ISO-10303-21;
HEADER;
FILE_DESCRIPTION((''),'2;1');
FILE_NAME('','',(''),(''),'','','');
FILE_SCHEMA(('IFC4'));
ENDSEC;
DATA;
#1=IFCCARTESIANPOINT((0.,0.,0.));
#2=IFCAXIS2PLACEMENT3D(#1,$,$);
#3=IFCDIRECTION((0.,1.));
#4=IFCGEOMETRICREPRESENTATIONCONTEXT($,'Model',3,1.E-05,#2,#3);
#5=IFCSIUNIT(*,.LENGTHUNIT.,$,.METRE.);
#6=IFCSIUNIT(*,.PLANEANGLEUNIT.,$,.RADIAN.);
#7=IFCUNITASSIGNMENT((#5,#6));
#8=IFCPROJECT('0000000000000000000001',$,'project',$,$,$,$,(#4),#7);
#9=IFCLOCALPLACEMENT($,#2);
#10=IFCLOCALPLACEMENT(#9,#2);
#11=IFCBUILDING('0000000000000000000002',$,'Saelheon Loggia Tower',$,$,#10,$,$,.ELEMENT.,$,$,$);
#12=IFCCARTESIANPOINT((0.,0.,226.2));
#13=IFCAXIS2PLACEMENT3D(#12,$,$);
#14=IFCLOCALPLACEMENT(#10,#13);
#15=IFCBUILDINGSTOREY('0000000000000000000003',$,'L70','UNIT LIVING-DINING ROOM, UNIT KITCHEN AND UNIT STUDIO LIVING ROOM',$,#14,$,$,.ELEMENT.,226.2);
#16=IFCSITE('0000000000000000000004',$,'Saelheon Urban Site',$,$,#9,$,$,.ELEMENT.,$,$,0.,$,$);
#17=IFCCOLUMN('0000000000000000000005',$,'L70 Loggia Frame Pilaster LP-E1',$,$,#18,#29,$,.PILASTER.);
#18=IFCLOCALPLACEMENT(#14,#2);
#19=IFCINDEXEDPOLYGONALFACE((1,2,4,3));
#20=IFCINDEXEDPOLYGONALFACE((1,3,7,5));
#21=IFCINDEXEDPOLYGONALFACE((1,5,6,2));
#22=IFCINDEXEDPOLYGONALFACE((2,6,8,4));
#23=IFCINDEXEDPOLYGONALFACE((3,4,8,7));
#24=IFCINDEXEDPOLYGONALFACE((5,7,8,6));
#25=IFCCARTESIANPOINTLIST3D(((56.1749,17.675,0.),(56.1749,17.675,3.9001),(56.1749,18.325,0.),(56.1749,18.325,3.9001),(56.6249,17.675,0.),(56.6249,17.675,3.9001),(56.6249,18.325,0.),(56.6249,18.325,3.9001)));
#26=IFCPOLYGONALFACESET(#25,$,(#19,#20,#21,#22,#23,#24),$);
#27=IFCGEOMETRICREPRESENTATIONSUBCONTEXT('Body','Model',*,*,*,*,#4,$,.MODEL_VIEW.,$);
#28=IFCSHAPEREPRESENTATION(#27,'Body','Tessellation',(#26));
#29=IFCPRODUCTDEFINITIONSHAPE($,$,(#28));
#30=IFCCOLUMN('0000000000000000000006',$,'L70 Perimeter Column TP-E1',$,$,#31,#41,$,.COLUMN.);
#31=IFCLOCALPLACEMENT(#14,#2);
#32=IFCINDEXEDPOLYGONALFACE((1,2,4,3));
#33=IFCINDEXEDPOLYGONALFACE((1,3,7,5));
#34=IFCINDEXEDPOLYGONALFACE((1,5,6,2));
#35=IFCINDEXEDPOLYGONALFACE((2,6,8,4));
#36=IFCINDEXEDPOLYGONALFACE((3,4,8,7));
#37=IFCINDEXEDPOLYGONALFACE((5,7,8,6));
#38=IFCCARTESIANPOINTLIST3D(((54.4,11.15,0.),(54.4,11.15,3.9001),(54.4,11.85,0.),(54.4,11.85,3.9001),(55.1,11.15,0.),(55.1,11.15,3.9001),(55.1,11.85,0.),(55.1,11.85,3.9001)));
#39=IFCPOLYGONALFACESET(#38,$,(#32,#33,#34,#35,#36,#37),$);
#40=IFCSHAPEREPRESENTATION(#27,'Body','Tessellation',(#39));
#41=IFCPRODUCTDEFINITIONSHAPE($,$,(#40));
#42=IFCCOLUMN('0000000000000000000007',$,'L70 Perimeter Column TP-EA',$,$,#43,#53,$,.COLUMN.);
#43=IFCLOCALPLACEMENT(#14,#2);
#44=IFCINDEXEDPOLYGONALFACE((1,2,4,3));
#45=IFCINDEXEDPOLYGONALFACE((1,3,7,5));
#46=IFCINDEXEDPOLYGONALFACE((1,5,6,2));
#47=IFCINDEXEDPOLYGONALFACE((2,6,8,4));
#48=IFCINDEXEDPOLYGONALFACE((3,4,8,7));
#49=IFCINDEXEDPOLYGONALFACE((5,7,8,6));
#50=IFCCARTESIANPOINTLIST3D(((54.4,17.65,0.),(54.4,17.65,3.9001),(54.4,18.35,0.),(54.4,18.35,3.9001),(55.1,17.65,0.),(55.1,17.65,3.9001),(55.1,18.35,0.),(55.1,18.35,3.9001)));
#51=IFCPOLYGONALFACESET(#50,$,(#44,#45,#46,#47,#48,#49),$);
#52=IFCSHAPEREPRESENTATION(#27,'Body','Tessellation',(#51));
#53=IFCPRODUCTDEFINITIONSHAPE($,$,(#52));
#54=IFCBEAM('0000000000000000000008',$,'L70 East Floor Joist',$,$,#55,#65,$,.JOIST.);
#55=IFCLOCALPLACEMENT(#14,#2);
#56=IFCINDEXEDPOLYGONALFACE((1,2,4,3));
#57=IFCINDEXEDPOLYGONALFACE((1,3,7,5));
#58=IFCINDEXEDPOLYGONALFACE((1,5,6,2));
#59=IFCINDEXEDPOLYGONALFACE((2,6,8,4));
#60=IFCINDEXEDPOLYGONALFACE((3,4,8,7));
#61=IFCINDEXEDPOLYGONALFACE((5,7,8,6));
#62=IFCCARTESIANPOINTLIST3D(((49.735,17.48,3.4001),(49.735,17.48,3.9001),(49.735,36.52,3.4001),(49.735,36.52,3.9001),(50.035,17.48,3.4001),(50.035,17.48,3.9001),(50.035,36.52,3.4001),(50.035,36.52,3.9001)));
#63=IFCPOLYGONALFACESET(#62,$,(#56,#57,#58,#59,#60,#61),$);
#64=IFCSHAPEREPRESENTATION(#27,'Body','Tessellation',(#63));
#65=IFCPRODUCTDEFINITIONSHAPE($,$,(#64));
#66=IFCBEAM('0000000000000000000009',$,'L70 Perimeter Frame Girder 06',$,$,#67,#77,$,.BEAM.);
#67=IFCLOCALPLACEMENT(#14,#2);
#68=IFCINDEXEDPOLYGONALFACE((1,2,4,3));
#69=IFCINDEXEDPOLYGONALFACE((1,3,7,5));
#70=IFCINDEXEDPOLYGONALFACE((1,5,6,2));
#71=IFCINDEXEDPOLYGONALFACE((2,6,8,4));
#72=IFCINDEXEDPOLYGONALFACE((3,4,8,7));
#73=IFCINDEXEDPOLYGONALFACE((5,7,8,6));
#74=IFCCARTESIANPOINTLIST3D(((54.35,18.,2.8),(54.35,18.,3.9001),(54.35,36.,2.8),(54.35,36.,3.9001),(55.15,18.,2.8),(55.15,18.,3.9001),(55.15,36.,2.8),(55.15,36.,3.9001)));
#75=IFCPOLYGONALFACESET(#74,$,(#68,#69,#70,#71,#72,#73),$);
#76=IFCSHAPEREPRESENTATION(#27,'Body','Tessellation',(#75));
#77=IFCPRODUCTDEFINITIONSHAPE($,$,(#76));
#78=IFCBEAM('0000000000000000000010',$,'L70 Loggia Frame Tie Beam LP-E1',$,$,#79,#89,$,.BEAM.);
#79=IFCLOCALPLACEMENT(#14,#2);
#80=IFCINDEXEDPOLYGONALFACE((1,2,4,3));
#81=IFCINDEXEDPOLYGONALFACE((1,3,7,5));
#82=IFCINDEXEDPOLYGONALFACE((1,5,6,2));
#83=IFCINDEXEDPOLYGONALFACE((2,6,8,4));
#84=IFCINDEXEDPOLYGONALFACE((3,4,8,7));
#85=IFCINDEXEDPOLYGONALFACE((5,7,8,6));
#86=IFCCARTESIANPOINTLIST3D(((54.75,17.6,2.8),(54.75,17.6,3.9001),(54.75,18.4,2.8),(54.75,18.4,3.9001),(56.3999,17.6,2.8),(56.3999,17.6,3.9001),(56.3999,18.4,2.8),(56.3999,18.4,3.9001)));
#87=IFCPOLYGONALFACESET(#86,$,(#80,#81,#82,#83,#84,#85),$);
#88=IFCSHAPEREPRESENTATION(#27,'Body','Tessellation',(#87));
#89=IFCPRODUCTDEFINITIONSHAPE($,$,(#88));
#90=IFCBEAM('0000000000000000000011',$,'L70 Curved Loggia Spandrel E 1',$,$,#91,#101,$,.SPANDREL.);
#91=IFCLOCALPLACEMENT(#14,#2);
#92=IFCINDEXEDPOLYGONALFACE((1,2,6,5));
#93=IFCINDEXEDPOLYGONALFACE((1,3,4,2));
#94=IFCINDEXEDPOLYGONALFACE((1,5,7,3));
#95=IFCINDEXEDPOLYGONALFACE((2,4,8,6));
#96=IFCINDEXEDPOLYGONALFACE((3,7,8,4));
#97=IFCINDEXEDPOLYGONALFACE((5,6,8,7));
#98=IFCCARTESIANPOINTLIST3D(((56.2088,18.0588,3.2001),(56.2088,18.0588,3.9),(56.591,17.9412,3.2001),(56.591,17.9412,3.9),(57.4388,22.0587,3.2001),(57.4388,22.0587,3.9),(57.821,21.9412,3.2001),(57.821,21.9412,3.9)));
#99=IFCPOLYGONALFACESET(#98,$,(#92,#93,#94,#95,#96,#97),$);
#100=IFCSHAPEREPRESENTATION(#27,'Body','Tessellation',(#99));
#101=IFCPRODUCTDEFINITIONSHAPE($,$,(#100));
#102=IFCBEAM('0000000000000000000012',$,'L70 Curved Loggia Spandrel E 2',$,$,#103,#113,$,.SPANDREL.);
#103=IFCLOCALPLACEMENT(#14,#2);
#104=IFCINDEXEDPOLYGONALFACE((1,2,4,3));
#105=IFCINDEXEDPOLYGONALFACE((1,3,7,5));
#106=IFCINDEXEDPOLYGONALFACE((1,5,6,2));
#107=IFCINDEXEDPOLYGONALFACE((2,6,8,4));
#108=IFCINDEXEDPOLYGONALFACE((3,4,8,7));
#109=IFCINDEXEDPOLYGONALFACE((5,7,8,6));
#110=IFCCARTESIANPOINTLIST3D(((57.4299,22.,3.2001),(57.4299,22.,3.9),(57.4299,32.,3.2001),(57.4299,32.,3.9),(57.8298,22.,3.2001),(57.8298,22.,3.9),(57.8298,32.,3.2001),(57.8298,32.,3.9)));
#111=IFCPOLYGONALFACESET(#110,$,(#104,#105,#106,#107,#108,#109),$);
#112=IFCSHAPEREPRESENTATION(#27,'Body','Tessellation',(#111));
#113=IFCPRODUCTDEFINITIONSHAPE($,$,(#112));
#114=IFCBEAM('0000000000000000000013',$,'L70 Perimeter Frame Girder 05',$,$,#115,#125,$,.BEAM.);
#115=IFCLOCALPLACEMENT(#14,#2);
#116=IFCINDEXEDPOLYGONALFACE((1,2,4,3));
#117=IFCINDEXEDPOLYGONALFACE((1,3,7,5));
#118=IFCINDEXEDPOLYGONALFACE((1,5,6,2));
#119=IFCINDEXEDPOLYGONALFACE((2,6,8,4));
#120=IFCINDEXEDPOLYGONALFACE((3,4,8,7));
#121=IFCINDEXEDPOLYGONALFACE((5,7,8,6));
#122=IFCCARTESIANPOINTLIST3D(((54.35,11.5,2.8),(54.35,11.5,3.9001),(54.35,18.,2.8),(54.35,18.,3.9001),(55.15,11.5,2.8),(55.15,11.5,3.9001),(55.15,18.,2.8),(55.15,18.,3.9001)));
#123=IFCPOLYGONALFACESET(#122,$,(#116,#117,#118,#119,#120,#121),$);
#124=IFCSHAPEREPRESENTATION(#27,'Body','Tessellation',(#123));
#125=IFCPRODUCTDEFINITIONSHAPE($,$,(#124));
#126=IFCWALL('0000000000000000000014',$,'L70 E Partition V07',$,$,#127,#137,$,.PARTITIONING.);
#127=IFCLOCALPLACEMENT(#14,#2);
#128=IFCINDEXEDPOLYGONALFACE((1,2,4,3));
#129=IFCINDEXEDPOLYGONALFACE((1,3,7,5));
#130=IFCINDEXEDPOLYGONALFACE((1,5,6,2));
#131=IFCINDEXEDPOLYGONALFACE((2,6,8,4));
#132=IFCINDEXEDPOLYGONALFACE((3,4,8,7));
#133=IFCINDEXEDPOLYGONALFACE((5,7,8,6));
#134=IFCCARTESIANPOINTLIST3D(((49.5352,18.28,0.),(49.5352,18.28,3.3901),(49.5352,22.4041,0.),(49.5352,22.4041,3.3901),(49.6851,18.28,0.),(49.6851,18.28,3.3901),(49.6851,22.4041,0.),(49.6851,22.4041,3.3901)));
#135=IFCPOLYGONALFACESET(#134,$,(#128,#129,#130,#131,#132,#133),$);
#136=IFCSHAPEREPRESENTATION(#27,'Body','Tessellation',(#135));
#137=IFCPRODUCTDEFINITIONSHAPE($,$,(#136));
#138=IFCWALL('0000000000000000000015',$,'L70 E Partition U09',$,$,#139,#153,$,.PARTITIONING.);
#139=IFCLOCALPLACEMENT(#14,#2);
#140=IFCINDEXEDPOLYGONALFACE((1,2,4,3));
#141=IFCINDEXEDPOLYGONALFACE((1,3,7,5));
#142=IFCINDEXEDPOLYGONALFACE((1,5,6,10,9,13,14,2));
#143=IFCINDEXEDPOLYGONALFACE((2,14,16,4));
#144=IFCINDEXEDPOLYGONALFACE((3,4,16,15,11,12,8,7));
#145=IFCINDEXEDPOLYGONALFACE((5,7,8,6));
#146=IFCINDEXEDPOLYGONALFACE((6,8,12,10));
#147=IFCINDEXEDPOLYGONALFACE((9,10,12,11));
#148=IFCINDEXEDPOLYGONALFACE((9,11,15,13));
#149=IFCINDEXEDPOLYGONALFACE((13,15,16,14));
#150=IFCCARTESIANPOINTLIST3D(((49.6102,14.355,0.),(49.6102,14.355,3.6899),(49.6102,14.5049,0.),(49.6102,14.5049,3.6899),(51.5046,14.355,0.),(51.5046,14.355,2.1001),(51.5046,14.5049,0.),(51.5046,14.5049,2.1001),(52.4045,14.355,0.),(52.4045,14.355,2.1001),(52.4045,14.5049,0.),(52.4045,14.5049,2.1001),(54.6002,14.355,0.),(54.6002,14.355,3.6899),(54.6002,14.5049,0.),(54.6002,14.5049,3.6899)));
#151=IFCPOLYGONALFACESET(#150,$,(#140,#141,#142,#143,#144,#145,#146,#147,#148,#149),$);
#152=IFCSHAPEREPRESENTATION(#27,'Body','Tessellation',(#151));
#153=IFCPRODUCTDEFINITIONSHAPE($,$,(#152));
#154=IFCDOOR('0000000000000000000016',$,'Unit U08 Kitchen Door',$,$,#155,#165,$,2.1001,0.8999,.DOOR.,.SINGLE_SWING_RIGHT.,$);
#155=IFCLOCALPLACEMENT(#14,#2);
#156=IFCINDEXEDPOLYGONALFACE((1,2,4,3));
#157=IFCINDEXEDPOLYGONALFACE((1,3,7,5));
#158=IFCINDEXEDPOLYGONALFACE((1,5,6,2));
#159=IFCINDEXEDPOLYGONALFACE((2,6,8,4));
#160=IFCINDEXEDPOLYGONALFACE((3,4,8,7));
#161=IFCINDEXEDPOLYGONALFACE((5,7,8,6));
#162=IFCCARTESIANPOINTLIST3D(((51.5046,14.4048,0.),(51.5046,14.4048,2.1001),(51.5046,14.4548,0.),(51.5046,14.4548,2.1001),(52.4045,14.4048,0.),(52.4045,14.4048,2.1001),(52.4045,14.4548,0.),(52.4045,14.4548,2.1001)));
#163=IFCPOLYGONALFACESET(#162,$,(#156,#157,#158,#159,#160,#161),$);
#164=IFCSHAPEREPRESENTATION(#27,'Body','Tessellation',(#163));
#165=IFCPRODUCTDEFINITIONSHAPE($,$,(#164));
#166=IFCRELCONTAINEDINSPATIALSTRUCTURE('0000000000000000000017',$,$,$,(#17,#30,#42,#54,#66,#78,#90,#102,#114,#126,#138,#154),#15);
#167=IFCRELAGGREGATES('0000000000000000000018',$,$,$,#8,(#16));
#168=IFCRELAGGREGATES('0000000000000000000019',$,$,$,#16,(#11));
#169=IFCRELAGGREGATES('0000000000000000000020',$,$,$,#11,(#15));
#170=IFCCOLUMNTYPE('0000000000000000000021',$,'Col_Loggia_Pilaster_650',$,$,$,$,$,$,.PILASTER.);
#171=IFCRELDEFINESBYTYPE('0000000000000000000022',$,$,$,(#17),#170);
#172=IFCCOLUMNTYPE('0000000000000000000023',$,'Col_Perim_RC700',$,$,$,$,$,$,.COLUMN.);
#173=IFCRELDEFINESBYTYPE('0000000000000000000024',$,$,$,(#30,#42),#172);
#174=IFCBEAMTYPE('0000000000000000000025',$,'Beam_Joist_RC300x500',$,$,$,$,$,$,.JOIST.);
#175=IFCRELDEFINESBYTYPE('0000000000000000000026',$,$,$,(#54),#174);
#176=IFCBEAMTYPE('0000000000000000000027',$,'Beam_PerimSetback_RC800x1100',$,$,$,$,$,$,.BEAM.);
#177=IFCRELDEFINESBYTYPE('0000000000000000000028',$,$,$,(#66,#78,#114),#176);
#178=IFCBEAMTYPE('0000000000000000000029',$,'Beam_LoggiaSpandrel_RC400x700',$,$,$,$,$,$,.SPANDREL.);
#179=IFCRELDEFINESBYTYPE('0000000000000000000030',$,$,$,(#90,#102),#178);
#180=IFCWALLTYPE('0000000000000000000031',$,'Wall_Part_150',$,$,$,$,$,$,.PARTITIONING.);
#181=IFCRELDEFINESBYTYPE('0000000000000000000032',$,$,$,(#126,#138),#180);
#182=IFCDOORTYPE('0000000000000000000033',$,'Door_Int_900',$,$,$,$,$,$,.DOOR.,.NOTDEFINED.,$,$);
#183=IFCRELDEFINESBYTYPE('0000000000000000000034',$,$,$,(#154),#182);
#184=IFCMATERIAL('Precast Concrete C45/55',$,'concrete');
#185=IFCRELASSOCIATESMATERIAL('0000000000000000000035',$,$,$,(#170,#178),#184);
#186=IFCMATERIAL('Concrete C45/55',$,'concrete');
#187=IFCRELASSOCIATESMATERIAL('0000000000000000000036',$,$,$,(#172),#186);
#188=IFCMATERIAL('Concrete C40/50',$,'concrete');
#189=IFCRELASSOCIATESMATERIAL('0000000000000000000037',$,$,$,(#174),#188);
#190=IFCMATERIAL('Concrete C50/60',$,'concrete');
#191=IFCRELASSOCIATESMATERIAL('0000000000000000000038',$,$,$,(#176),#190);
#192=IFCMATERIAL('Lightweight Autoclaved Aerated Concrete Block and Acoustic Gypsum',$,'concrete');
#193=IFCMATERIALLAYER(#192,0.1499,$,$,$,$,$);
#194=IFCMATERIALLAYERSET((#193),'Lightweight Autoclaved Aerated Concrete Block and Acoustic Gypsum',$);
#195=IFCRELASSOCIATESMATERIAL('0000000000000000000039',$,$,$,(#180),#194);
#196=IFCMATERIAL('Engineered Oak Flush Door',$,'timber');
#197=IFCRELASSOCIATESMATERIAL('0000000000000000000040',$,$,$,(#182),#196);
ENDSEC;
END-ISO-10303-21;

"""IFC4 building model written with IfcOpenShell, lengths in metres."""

from ifc_helpers import new_model, si_unit, direction, frame, frame_2d, origin, origin_2d, place, context, subcontext, project, spatial, rectangle, extrude, source, transform, mapped, material, layer, layer_set, material_profile, profile_set, type_object, element, fill, save


model = new_model("IFC4")

# Units and contexts
model_context = context("Model", 3, precision=1e-05, world=origin(), true_north=direction((0.0, 1.0)))
body_context = subcontext(model_context, "Body", "Model", "MODEL_VIEW")
ifc_project = project(units=[si_unit("LENGTHUNIT", "METRE"), si_unit("PLANEANGLEUNIT", "RADIAN")], contexts=[model_context])

# Site, building, storey
site_placement = place(None, origin())
site = spatial("IfcSite", under=ifc_project, at=site_placement, Name="Saelheon Urban Site", CompositionType="ELEMENT", RefElevation=0.0)
building_placement = place(site_placement, origin())
building = spatial("IfcBuilding", under=site, at=building_placement, Name="Saelheon Loggia Tower", CompositionType="ELEMENT")
storey_placement = place(building_placement, frame((0.0, 0.0, 226.2)))
storey = spatial("IfcBuildingStorey", under=building, at=storey_placement, Name="L70", Description="UNIT LIVING-DINING ROOM, UNIT KITCHEN AND UNIT STUDIO LIVING ROOM", CompositionType="ELEMENT", Elevation=226.2)

# Columns
ifc_material_1 = material(Name="Precast Concrete C45/55", Category="concrete")
ifc_material_profile_1 = material_profile(ifc_material_1, rectangle(XDim=0.45, YDim=0.6499, at=origin_2d()), Name="RC-450x650")
ifc_profile_set_1 = profile_set([ifc_material_profile_1], Name="Precast Concrete C45/55")
column_type_1 = type_object("IfcColumnType", Name="Col_Loggia_Pilaster_650", PredefinedType="PILASTER", material=ifc_profile_set_1)
shared_shape_1 = source(origin(), body_context, "Body", "SweptSolid", [
    extrude(rectangle(XDim=0.45, YDim=0.6499, at=origin_2d()), origin(), (0.0, 0.0, 1.0), 3.9001),
])
column_placement = place(storey_placement, frame((56.3999, 18.0, 0.0), z_axis=(0.0, 0.0, 1.0), x_axis=(1.0, 0.0, 0.0)))
element("IfcColumn", 1, at=column_placement, inside=storey, type_object=column_type_1, Name="L70 Loggia Frame Pilaster LP-E1", PredefinedType="PILASTER", context=body_context, shape_type="MappedRepresentation", body=[
    mapped(shared_shape_1, transform((0.0, 0.0, 0.0), scale=1.0)),
])
ifc_material_2 = material(Name="Concrete C45/55", Category="concrete")
ifc_material_profile_2 = material_profile(ifc_material_2, rectangle(XDim=0.7, YDim=0.7, at=origin_2d()), Name="RC-700x700")
ifc_profile_set_2 = profile_set([ifc_material_profile_2], Name="Concrete C45/55")
column_type_2 = type_object("IfcColumnType", Name="Col_Perim_RC700", PredefinedType="COLUMN", material=ifc_profile_set_2)
shared_shape_2 = source(origin(), body_context, "Body", "SweptSolid", [
    extrude(rectangle(XDim=0.7, YDim=0.7, at=origin_2d()), origin(), (0.0, 0.0, 1.0), 3.9001),
])
for number, where, z_axis, x_axis, name in (
    (2, (54.75, 11.5, 0.0), (0.0, 0.0, 1.0), (1.0, 0.0, 0.0), "L70 Perimeter Column TP-E1"),
    (3, (54.75, 18.0, 0.0), (0.0, 0.0, 1.0), (1.0, 0.0, 0.0), "L70 Perimeter Column TP-EA"),
):
    element("IfcColumn", number, at=place(storey_placement, frame(where, z_axis=z_axis, x_axis=x_axis)), inside=storey, type_object=column_type_2, Name=name, PredefinedType="COLUMN", context=body_context, shape_type="MappedRepresentation", body=[
        mapped(shared_shape_2, transform((0.0, 0.0, 0.0), scale=1.0)),
    ])

# Beams
ifc_material_3 = material(Name="Concrete C40/50", Category="concrete")
ifc_material_profile_3 = material_profile(ifc_material_3, rectangle(XDim=0.3, YDim=0.5, at=origin_2d()), Name="RC-300x500")
ifc_profile_set_3 = profile_set([ifc_material_profile_3], Name="Concrete C40/50")
beam_type_1 = type_object("IfcBeamType", Name="Beam_Joist_RC300x500", PredefinedType="JOIST", material=ifc_profile_set_3)
shared_shape_3 = source(origin(), body_context, "Body", "SweptSolid", [
    extrude(rectangle(XDim=0.3, YDim=0.5, at=origin_2d()), origin(), (0.0, 0.0, 1.0), 19.04),
])
beam_1_placement = place(storey_placement, frame((49.885, 17.48, 3.6501), z_axis=(0.0, 1.0, 0.0), x_axis=(-1.0, 0.0, 0.0)))
element("IfcBeam", 4, at=beam_1_placement, inside=storey, type_object=beam_type_1, Name="L70 East Floor Joist", PredefinedType="JOIST", context=body_context, shape_type="MappedRepresentation", body=[
    mapped(shared_shape_3, transform((0.0, 0.0, 0.0), scale=1.0)),
])
ifc_material_4 = material(Name="Concrete C50/60", Category="concrete")
ifc_material_profile_4 = material_profile(ifc_material_4, rectangle(XDim=0.8, YDim=1.1001, at=origin_2d()), Name="RC-800x1100")
ifc_profile_set_4 = profile_set([ifc_material_profile_4], Name="Concrete C50/60")
beam_type_2 = type_object("IfcBeamType", Name="Beam_PerimSetback_RC800x1100", PredefinedType="BEAM", material=ifc_profile_set_4)
shared_shape_4 = source(origin(), body_context, "Body", "SweptSolid", [
    extrude(rectangle(XDim=0.8, YDim=1.1001, at=origin_2d()), origin(), (0.0, 0.0, 1.0), 18.0),
])
beam_2_placement = place(storey_placement, frame((54.75, 18.0, 3.3501), z_axis=(0.0, 1.0, 0.0), x_axis=(-1.0, 0.0, 0.0)))
element("IfcBeam", 5, at=beam_2_placement, inside=storey, type_object=beam_type_2, Name="L70 Perimeter Frame Girder 06", PredefinedType="BEAM", context=body_context, shape_type="MappedRepresentation", body=[
    mapped(shared_shape_4, transform((0.0, 0.0, 0.0), scale=1.0)),
])
shared_shape_5 = source(origin(), body_context, "Body", "SweptSolid", [
    extrude(rectangle(XDim=0.8, YDim=1.1001, at=origin_2d()), origin(), (0.0, 0.0, 1.0), 1.6499),
])
beam_3_placement = place(storey_placement, frame((54.75, 18.0, 3.3501), z_axis=(1.0, 0.0, 0.0), x_axis=(0.0, 1.0, 0.0)))
element("IfcBeam", 6, at=beam_3_placement, inside=storey, type_object=beam_type_2, Name="L70 Loggia Frame Tie Beam LP-E1", PredefinedType="BEAM", context=body_context, shape_type="MappedRepresentation", body=[
    mapped(shared_shape_5, transform((0.0, 0.0, 0.0), scale=1.0)),
])
ifc_material_profile_5 = material_profile(ifc_material_1, rectangle(XDim=0.3999, YDim=0.7, at=origin_2d()), Name="RC-400x700")
ifc_profile_set_5 = profile_set([ifc_material_profile_5], Name="Precast Concrete C45/55")
beam_type_3 = type_object("IfcBeamType", Name="Beam_LoggiaSpandrel_RC400x700", PredefinedType="SPANDREL", material=ifc_profile_set_5)
shared_shape_6 = source(origin(), body_context, "Body", "SweptSolid", [
    extrude(rectangle(XDim=0.3999, YDim=0.7, at=origin_2d()), origin(), (0.0, 0.0, 1.0), 4.1848),
])
beam_4_placement = place(storey_placement, frame((56.3999, 18.0, 3.55), z_axis=(0.293914, 0.955832, 0.0), x_axis=(-0.955832, 0.293914, 0.0)))
element("IfcBeam", 7, at=beam_4_placement, inside=storey, type_object=beam_type_3, Name="L70 Curved Loggia Spandrel E 1", PredefinedType="SPANDREL", context=body_context, shape_type="MappedRepresentation", body=[
    mapped(shared_shape_6, transform((0.0, 0.0, 0.0), scale=1.0)),
])
shared_shape_7 = source(origin(), body_context, "Body", "SweptSolid", [
    extrude(rectangle(XDim=0.3999, YDim=0.7, at=origin_2d()), origin(), (0.0, 0.0, 1.0), 10.0),
])
beam_5_placement = place(storey_placement, frame((57.6299, 22.0, 3.55), z_axis=(0.0, 1.0, 0.0), x_axis=(-1.0, 0.0, 0.0)))
element("IfcBeam", 8, at=beam_5_placement, inside=storey, type_object=beam_type_3, Name="L70 Curved Loggia Spandrel E 2", PredefinedType="SPANDREL", context=body_context, shape_type="MappedRepresentation", body=[
    mapped(shared_shape_7, transform((0.0, 0.0, 0.0), scale=1.0)),
])
shared_shape_8 = source(origin(), body_context, "Body", "SweptSolid", [
    extrude(rectangle(XDim=0.8, YDim=1.1001, at=origin_2d()), origin(), (0.0, 0.0, 1.0), 6.5),
])
beam_6_placement = place(storey_placement, frame((54.75, 11.5, 3.3501), z_axis=(0.0, 1.0, 0.0), x_axis=(-1.0, 0.0, 0.0)))
element("IfcBeam", 9, at=beam_6_placement, inside=storey, type_object=beam_type_2, Name="L70 Perimeter Frame Girder 05", PredefinedType="BEAM", context=body_context, shape_type="MappedRepresentation", body=[
    mapped(shared_shape_8, transform((0.0, 0.0, 0.0), scale=1.0)),
])

# Wall
ifc_material_5 = material(Name="Lightweight Autoclaved Aerated Concrete Block and Acoustic Gypsum", Category="concrete")
ifc_layer_1 = layer(ifc_material_5, 0.1499)
ifc_layer_set_1 = layer_set([ifc_layer_1], Name="Lightweight Autoclaved Aerated Concrete Block and Acoustic Gypsum")
wall_type_1 = type_object("IfcWallType", Name="Wall_Part_150", PredefinedType="PARTITIONING", material=ifc_layer_set_1)
wall_1_placement = place(storey_placement, frame((49.6101, 18.28, 0.0), z_axis=(0.0, 0.0, 1.0), x_axis=(0.0, 1.0, 0.0)))
element("IfcWall", 10, at=wall_1_placement, inside=storey, type_object=wall_type_1, Name="L70 E Partition V07", PredefinedType="PARTITIONING", context=body_context, shape_type="SweptSolid", body=[
    extrude(rectangle(XDim=4.124, YDim=0.1499, at=frame_2d((2.062, 0.0))), origin(), (0.0, 0.0, 1.0), 3.3901),
])

# Wall, opening, door
wall_2_placement = place(storey_placement, frame((49.6101, 14.4299, 0.0), z_axis=(0.0, 0.0, 1.0), x_axis=(1.0, 0.0, 0.0)))
wall_2 = element("IfcWall", 11, at=wall_2_placement, inside=storey, type_object=wall_type_1, Name="L70 E Partition U09", PredefinedType="PARTITIONING", context=body_context, shape_type="SweptSolid", body=[
    extrude(rectangle(XDim=4.99, YDim=0.1499, at=frame_2d((2.4951, 0.0))), origin(), (0.0, 0.0, 1.0), 3.6899),
])
opening_1_placement = place(wall_2_placement, frame((1.8945, 0.0, 0.0)))
opening_1 = element("IfcOpeningElement", 12, at=opening_1_placement, cuts=wall_2, PredefinedType="OPENING", context=body_context, shape_type="SweptSolid", body=[
    extrude(rectangle(XDim=0.8999, YDim=2.1001, at=frame_2d((0.45, 1.05))), frame((0.0, 0.0869, 0.0), z_axis=(0.0, -1.0, 0.0), x_axis=(1.0, 0.0, 0.0)), (0.0, 0.0, 1.0), 0.1738),
])
ifc_material_6 = material(Name="Engineered Oak Flush Door", Category="timber")
door_type = type_object("IfcDoorType", Name="Door_Int_900", OperationType="NOTDEFINED", PredefinedType="DOOR", material=ifc_material_6)
shared_shape_9 = source(origin(), body_context, "Body", "SweptSolid", [
    extrude(rectangle(XDim=0.8999, YDim=2.1001, at=frame_2d((0.45, 1.05))), frame((0.0, 0.0249, 0.0), z_axis=(0.0, -1.0, 0.0), x_axis=(1.0, 0.0, 0.0)), (0.0, 0.0, 1.0), 0.05),
])
door_1_placement = place(opening_1_placement, origin())
door_1 = element("IfcDoor", 13, at=door_1_placement, inside=storey, type_object=door_type, Name="Unit U08 Kitchen Door", OperationType="SINGLE_SWING_RIGHT", OverallHeight=2.1001, OverallWidth=0.8999, PredefinedType="DOOR", context=body_context, shape_type="MappedRepresentation", body=[
    mapped(shared_shape_9, transform((0.0, 0.0, 0.0), scale=1.0)),
])
fill(opening_1, door_1)

save(model, "model.ifc")
